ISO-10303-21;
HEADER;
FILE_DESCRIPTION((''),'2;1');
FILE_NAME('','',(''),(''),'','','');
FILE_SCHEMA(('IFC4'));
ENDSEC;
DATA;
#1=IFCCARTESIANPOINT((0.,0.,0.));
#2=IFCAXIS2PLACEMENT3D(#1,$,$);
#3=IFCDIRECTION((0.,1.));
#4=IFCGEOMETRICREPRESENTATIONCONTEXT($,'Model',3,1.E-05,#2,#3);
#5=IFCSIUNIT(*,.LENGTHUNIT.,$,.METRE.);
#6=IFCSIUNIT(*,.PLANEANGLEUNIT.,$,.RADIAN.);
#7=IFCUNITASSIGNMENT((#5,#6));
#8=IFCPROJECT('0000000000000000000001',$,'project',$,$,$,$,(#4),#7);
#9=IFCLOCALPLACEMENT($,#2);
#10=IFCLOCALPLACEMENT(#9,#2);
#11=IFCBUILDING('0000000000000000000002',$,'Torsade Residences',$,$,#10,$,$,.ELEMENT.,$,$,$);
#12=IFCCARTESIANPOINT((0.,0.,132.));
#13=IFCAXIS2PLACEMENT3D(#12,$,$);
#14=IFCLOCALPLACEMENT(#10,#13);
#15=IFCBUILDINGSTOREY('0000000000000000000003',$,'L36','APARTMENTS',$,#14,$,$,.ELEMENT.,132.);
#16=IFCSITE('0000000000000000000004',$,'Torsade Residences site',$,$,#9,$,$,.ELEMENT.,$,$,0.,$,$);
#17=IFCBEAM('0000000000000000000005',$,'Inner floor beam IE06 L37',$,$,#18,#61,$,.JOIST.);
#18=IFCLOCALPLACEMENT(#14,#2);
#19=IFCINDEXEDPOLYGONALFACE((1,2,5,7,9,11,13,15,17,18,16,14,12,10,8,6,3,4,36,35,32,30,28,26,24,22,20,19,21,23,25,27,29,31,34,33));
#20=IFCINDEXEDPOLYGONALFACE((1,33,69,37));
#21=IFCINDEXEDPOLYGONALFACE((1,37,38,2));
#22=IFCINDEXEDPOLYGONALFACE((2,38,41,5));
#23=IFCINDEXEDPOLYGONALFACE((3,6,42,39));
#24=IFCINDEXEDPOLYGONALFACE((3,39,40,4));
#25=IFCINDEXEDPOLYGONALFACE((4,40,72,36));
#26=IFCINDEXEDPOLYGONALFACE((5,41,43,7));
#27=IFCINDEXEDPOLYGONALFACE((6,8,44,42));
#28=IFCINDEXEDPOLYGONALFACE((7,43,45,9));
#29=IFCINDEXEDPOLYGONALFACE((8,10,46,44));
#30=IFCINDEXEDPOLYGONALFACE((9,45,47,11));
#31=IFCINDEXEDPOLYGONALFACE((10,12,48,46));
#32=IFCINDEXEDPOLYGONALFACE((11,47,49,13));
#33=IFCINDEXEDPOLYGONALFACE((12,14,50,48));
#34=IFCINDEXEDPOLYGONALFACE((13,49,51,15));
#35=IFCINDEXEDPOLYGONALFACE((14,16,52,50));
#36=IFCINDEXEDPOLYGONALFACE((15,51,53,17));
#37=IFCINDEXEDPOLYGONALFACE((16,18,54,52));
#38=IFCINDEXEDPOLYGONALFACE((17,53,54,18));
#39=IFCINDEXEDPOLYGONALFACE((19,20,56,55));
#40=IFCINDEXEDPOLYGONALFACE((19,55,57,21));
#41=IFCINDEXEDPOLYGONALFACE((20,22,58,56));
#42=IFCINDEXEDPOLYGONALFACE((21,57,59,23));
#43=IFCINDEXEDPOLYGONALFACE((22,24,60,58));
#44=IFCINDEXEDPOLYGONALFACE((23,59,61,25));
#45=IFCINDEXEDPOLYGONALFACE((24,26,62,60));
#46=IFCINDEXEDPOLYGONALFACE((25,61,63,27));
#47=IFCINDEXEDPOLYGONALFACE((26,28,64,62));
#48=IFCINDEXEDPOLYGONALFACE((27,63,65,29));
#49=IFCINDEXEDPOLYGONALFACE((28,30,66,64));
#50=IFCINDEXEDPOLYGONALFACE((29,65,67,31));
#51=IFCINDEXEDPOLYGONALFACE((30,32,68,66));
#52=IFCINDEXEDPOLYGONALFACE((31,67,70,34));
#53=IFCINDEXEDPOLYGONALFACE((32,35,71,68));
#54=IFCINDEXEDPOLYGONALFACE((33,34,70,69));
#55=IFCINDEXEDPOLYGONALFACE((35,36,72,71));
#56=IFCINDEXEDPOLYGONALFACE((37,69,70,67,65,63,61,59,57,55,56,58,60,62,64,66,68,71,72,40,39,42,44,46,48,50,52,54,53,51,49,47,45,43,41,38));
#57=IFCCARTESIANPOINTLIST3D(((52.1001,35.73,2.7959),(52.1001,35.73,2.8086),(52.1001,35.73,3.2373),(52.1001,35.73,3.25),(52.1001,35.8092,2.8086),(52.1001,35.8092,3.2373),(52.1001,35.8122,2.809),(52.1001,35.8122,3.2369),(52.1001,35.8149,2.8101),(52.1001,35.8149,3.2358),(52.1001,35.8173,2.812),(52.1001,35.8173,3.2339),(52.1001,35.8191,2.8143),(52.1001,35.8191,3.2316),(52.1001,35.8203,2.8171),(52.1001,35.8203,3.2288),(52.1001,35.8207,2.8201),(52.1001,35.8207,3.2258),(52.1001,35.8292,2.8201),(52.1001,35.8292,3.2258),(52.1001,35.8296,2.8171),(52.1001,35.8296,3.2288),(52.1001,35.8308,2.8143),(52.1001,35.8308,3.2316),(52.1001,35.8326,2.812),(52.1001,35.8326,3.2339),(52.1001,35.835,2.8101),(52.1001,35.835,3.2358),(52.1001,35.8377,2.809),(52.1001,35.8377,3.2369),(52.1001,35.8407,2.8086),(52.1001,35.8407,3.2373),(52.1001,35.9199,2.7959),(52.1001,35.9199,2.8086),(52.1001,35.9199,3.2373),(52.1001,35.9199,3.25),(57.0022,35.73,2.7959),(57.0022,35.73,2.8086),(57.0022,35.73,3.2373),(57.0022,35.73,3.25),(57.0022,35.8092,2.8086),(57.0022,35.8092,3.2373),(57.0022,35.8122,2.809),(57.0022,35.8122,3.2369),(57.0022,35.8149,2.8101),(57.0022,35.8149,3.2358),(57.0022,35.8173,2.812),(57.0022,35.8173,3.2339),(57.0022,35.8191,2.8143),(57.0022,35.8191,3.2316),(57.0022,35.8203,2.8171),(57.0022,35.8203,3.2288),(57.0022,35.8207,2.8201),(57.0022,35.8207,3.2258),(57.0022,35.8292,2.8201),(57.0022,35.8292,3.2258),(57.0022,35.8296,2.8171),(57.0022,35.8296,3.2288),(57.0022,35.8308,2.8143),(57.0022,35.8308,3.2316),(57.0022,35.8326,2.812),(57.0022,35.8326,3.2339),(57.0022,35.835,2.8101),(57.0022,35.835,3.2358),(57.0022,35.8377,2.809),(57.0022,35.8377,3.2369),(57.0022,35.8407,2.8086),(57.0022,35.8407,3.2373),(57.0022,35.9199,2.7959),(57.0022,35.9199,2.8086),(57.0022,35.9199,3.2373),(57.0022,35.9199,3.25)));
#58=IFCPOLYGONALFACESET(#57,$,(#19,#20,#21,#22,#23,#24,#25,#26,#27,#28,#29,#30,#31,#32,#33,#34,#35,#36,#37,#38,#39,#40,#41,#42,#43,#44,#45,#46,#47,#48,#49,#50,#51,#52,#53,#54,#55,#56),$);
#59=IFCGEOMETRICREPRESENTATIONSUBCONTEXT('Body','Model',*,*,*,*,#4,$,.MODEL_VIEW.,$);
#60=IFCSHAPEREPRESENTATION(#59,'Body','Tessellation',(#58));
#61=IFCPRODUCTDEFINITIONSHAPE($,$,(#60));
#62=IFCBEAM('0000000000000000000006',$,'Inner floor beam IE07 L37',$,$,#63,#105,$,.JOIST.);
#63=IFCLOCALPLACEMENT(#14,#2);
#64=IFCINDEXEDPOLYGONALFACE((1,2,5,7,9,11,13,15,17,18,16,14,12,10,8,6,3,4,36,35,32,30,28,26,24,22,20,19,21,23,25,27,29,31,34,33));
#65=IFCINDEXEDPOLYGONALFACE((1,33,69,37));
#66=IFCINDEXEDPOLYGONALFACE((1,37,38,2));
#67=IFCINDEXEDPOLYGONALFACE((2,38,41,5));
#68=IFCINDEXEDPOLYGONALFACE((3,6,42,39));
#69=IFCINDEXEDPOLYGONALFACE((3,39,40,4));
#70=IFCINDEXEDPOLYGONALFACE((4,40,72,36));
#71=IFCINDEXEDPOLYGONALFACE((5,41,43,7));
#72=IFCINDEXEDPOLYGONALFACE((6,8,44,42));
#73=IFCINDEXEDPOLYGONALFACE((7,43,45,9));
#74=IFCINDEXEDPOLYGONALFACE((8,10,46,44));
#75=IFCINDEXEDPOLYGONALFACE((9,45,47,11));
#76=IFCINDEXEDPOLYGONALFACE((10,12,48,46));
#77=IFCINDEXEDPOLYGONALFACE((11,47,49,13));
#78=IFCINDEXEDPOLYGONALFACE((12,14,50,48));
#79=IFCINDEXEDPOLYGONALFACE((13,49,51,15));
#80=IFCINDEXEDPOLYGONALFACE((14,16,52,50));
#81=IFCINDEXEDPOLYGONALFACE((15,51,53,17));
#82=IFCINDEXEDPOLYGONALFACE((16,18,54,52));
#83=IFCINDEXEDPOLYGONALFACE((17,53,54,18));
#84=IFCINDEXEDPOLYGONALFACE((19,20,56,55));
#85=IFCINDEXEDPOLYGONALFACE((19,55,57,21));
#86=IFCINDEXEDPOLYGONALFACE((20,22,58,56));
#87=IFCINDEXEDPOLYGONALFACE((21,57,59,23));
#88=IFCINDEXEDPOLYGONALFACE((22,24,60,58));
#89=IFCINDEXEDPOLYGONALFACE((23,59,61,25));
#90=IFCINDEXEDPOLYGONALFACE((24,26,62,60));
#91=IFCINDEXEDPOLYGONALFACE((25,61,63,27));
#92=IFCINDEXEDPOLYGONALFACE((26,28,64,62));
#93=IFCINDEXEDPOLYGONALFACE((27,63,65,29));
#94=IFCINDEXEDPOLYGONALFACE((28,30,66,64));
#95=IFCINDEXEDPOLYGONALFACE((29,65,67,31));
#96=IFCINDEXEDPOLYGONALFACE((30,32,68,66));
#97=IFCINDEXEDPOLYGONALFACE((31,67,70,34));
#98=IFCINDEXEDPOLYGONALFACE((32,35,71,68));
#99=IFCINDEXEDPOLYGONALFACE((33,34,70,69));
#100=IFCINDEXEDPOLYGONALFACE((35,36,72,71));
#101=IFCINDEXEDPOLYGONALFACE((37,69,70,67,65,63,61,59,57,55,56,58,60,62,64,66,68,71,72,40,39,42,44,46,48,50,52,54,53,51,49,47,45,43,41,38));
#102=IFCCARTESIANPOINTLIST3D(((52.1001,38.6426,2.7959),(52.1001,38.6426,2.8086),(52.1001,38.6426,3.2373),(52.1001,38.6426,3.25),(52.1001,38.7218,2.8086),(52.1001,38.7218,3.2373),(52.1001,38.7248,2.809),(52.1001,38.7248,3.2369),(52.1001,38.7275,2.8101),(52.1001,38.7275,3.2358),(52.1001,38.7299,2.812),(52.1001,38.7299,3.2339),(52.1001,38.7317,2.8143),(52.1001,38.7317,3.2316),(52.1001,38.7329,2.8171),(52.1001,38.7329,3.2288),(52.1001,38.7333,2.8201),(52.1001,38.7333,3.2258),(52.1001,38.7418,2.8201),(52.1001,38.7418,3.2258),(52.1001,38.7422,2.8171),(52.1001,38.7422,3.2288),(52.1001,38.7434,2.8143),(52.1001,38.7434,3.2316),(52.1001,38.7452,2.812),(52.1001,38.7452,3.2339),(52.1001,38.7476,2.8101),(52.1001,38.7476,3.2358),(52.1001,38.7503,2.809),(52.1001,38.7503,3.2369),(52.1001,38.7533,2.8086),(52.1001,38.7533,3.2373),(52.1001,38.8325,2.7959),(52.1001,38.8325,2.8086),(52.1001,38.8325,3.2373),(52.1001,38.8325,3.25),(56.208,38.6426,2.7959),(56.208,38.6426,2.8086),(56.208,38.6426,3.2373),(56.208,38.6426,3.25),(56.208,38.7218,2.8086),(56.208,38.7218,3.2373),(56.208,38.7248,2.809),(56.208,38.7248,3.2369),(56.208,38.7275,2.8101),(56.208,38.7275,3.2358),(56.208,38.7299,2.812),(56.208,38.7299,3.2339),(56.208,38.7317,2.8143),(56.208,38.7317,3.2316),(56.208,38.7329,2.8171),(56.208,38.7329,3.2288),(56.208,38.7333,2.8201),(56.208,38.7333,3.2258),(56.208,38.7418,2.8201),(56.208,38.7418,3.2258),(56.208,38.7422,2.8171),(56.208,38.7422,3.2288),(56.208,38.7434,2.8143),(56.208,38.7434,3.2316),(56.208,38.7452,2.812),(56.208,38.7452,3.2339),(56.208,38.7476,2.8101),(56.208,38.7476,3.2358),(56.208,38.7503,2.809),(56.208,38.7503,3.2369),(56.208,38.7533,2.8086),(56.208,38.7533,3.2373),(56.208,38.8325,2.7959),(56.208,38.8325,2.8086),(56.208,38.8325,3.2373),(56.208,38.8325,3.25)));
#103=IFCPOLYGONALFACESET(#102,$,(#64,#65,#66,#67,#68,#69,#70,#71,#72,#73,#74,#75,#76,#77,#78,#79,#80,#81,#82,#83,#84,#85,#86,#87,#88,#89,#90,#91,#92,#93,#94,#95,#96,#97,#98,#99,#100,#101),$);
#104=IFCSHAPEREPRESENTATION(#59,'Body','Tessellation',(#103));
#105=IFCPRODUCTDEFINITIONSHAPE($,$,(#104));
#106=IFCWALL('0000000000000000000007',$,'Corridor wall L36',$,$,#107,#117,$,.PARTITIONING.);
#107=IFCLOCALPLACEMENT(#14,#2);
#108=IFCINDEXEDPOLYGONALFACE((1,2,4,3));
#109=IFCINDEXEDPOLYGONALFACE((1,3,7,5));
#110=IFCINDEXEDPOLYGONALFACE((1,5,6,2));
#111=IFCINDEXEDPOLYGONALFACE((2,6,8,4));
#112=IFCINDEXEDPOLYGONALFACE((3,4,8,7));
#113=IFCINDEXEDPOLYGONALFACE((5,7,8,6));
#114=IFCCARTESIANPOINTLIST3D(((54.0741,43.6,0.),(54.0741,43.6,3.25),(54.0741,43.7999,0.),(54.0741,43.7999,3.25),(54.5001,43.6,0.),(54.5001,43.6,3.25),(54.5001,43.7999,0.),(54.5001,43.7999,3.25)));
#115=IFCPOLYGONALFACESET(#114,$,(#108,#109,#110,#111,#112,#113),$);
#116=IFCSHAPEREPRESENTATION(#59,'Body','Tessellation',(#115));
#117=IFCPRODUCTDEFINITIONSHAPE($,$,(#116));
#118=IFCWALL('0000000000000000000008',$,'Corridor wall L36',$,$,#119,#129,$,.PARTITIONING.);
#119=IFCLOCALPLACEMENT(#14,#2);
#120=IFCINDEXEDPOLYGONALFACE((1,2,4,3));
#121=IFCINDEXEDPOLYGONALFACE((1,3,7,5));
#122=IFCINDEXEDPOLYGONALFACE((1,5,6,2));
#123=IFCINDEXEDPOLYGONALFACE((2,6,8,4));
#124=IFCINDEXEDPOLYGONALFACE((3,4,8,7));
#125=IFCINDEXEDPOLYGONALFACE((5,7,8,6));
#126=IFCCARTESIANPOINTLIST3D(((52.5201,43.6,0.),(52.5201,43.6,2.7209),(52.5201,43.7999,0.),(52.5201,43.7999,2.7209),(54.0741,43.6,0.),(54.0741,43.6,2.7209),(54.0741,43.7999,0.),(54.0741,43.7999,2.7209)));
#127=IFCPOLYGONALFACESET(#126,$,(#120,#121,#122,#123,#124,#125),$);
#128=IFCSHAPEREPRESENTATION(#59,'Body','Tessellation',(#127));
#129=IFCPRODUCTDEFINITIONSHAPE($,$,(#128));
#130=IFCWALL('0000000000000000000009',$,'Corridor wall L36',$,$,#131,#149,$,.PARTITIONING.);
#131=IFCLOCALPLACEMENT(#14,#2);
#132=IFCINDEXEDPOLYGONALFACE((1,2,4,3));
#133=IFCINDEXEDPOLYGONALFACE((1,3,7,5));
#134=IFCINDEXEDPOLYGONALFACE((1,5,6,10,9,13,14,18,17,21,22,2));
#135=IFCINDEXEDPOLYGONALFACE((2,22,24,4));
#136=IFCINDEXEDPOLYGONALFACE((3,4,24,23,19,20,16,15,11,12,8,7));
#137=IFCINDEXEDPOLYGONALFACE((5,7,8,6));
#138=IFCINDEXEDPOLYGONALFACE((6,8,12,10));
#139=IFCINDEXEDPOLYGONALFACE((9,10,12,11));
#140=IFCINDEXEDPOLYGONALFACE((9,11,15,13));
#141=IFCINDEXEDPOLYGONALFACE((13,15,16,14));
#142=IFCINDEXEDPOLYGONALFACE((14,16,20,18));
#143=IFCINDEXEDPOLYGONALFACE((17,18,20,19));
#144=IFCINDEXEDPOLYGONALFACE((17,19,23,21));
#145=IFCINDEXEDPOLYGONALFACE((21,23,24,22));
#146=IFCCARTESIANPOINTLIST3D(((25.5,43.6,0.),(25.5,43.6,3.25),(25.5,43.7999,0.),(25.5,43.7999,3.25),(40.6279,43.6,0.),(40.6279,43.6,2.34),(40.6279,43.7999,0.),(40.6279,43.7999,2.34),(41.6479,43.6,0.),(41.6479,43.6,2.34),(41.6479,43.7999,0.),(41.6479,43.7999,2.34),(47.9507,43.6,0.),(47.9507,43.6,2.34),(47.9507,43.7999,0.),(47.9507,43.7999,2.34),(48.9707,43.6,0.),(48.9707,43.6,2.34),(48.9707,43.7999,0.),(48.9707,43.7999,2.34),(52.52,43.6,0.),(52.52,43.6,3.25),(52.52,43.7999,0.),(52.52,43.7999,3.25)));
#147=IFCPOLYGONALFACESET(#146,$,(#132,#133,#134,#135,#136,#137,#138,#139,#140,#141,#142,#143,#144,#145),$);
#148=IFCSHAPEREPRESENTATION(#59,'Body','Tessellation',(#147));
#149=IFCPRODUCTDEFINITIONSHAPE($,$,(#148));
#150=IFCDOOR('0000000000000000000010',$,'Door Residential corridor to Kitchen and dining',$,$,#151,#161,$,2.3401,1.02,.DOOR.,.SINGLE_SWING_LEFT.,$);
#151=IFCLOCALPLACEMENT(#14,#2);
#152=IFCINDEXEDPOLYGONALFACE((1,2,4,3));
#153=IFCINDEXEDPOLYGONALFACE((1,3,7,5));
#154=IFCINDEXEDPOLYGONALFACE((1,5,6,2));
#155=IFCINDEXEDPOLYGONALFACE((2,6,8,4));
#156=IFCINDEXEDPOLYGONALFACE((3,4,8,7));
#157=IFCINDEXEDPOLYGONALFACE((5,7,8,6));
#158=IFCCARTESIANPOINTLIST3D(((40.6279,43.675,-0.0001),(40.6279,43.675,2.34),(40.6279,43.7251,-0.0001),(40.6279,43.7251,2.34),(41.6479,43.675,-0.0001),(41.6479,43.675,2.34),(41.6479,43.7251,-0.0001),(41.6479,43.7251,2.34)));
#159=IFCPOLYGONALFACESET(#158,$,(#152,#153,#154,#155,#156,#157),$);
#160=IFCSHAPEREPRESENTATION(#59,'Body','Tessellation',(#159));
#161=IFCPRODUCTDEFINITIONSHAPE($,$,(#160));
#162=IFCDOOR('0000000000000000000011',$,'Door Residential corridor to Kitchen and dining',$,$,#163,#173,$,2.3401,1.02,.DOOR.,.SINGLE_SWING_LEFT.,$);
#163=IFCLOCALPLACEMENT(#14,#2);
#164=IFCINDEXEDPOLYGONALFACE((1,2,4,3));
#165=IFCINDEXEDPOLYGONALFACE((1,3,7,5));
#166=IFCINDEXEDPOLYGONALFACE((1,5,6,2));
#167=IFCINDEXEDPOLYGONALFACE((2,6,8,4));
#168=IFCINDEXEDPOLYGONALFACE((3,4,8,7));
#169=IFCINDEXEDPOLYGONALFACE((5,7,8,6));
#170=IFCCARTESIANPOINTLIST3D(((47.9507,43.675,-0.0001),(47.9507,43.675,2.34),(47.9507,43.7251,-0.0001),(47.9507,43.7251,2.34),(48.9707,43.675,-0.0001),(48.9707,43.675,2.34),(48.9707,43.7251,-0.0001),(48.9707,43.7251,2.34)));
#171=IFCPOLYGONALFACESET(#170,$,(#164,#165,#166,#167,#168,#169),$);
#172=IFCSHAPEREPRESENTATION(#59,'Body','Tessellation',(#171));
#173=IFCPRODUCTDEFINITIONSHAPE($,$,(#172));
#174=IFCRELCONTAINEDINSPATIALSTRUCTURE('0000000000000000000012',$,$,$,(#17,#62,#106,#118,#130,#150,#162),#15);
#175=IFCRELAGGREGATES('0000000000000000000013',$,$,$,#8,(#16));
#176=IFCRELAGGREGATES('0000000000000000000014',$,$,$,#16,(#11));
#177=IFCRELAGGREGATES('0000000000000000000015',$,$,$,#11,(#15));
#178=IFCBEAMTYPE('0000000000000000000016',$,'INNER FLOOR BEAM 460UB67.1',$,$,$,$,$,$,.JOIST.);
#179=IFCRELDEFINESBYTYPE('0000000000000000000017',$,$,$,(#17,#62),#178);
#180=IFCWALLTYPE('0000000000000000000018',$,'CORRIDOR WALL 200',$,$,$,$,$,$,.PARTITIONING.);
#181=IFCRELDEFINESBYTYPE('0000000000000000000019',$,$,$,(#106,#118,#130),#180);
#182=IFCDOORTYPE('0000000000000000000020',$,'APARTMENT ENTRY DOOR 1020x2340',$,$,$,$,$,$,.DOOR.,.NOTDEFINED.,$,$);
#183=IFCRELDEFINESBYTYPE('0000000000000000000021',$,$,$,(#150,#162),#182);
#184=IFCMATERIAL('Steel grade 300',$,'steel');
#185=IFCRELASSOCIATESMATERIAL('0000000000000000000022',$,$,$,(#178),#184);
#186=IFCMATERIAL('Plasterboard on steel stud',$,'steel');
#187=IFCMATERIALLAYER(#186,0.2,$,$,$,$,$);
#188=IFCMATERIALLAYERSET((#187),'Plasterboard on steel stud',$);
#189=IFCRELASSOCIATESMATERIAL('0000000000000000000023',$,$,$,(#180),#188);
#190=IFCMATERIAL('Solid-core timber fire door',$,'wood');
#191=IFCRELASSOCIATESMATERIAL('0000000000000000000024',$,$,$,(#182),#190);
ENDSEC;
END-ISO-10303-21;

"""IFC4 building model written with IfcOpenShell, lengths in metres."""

from ifc_helpers import new_model, si_unit, direction, frame, frame_2d, origin, origin_2d, place, context, subcontext, project, spatial, rectangle, i_section, extrude, material, layer, layer_set, material_profile, profile_set, type_object, element, fill, save


model = new_model("IFC4")

# Units and contexts
model_context = context("Model", 3, precision=1e-05, world=origin(), true_north=direction((0.0, 1.0)))
body_context = subcontext(model_context, "Body", "Model", "MODEL_VIEW")
ifc_project = project(units=[si_unit("LENGTHUNIT", "METRE"), si_unit("PLANEANGLEUNIT", "RADIAN")], contexts=[model_context])

# Site, building, storey
site_placement = place(None, origin())
site = spatial("IfcSite", under=ifc_project, at=site_placement, Name="Torsade Residences site", CompositionType="ELEMENT", RefElevation=0.0)
building_placement = place(site_placement, origin())
building = spatial("IfcBuilding", under=site, at=building_placement, Name="Torsade Residences", CompositionType="ELEMENT")
storey_placement = place(building_placement, frame((0.0, 0.0, 132.0)))
storey = spatial("IfcBuildingStorey", under=building, at=storey_placement, Name="L36", Description="APARTMENTS", CompositionType="ELEMENT", Elevation=132.0)

# Beams
ifc_material_1 = material(Name="Steel grade 300", Category="steel")
ifc_material_profile_1 = material_profile(ifc_material_1, i_section(OverallWidth=0.1899, OverallDepth=0.4541, WebThickness=0.0085, FlangeThickness=0.0127, FilletRadius=0.0115, at=origin_2d()), Name="460UB67.1")
ifc_profile_set_1 = profile_set([ifc_material_profile_1], Name="Steel grade 300")
beam_type = type_object("IfcBeamType", Name="INNER FLOOR BEAM 460UB67.1", PredefinedType="JOIST", material=ifc_profile_set_1)
beam_1_placement = place(storey_placement, frame((52.1001, 35.825, 3.0229), z_axis=(1.0, 0.0, 0.0), x_axis=(0.0, 1.0, 0.0)))
element("IfcBeam", 1, at=beam_1_placement, inside=storey, type_object=beam_type, Name="Inner floor beam IE06 L37", PredefinedType="JOIST", context=body_context, shape_type="SweptSolid", body=[
    extrude(i_section(OverallWidth=0.1899, OverallDepth=0.4541, WebThickness=0.0085, FlangeThickness=0.0127, FilletRadius=0.0115, at=origin_2d()), origin(), (0.0, 0.0, 1.0), 4.9021),
])
beam_2_placement = place(storey_placement, frame((52.1001, 38.7375, 3.0229), z_axis=(1.0, 0.0, 0.0), x_axis=(0.0, 1.0, 0.0)))
element("IfcBeam", 2, at=beam_2_placement, inside=storey, type_object=beam_type, Name="Inner floor beam IE07 L37", PredefinedType="JOIST", context=body_context, shape_type="SweptSolid", body=[
    extrude(i_section(OverallWidth=0.1899, OverallDepth=0.4541, WebThickness=0.0085, FlangeThickness=0.0127, FilletRadius=0.0115, at=origin_2d()), origin(), (0.0, 0.0, 1.0), 4.1079),
])

# Walls
ifc_material_2 = material(Name="Plasterboard on steel stud", Category="steel")
ifc_layer_1 = layer(ifc_material_2, 0.2)
ifc_layer_set_1 = layer_set([ifc_layer_1], Name="Plasterboard on steel stud")
wall_type_1 = type_object("IfcWallType", Name="CORRIDOR WALL 200", PredefinedType="PARTITIONING", material=ifc_layer_set_1)
wall_1_placement = place(storey_placement, frame((54.5, 43.7, 0.0), z_axis=(0.0, 0.0, 1.0), x_axis=(-1.0, 0.0, 0.0)))
element("IfcWall", 3, at=wall_1_placement, inside=storey, type_object=wall_type_1, Name="Corridor wall L36", PredefinedType="PARTITIONING", context=body_context, shape_type="SweptSolid", body=[
    extrude(rectangle(XDim=0.426, YDim=0.2, at=frame_2d((0.2129, 0.0))), origin(), (0.0, 0.0, 1.0), 3.25),
])
wall_2_placement = place(storey_placement, frame((54.074, 43.7, 0.0), z_axis=(0.0, 0.0, 1.0), x_axis=(-1.0, 0.0, 0.0)))
element("IfcWall", 4, at=wall_2_placement, inside=storey, type_object=wall_type_1, Name="Corridor wall L36", PredefinedType="PARTITIONING", context=body_context, shape_type="SweptSolid", body=[
    extrude(rectangle(XDim=1.554, YDim=0.2, at=frame_2d((0.7769, 0.0))), origin(), (0.0, 0.0, 1.0), 2.7209),
])

# Wall, openings, doors
wall_3_placement = place(storey_placement, frame((52.52, 43.7, 0.0), z_axis=(0.0, 0.0, 1.0), x_axis=(-1.0, 0.0, 0.0)))
wall_3 = element("IfcWall", 5, at=wall_3_placement, inside=storey, type_object=wall_type_1, Name="Corridor wall L36", PredefinedType="PARTITIONING", context=body_context, shape_type="SweptSolid", body=[
    extrude(rectangle(XDim=27.02, YDim=0.2, at=frame_2d((13.51, 0.0))), origin(), (0.0, 0.0, 1.0), 3.25),
])
opening_1_placement = place(wall_3_placement, frame((10.8721, 0.0, 0.0)))
opening_1 = element("IfcOpeningElement", 6, at=opening_1_placement, cuts=wall_3, PredefinedType="OPENING", context=body_context, shape_type="SweptSolid", body=[
    extrude(rectangle(XDim=1.02, YDim=2.3401, at=frame_2d((0.51, 1.1699))), frame((0.0, 0.1099, 0.0), z_axis=(0.0, -1.0, 0.0), x_axis=(1.0, 0.0, 0.0)), (0.0, 0.0, 1.0), 0.22),
])
opening_2_placement = place(wall_3_placement, frame((3.5493, 0.0, 0.0)))
opening_2 = element("IfcOpeningElement", 7, at=opening_2_placement, cuts=wall_3, PredefinedType="OPENING", context=body_context, shape_type="SweptSolid", body=[
    extrude(rectangle(XDim=1.02, YDim=2.3401, at=frame_2d((0.51, 1.1699))), frame((0.0, 0.1099, 0.0), z_axis=(0.0, -1.0, 0.0), x_axis=(1.0, 0.0, 0.0)), (0.0, 0.0, 1.0), 0.22),
])
ifc_material_3 = material(Name="Solid-core timber fire door", Category="wood")
door_type_1 = type_object("IfcDoorType", Name="APARTMENT ENTRY DOOR 1020x2340", OperationType="NOTDEFINED", PredefinedType="DOOR", material=ifc_material_3)
door_1_placement = place(opening_1_placement, origin())
door_1 = element("IfcDoor", 8, at=door_1_placement, inside=storey, type_object=door_type_1, Name="Door Residential corridor to Kitchen and dining", OperationType="SINGLE_SWING_LEFT", OverallHeight=2.3401, OverallWidth=1.02, PredefinedType="DOOR", context=body_context, shape_type="SweptSolid", body=[
    extrude(rectangle(XDim=1.02, YDim=2.3401, at=frame_2d((0.51, 1.1699))), frame((0.0, 0.0249, 0.0), z_axis=(0.0, -1.0, 0.0), x_axis=(1.0, 0.0, 0.0)), (0.0, 0.0, 1.0), 0.05),
])
fill(opening_1, door_1)
door_2_placement = place(opening_2_placement, origin())
door_2 = element("IfcDoor", 9, at=door_2_placement, inside=storey, type_object=door_type_1, Name="Door Residential corridor to Kitchen and dining", OperationType="SINGLE_SWING_LEFT", OverallHeight=2.3401, OverallWidth=1.02, PredefinedType="DOOR", context=body_context, shape_type="SweptSolid", body=[
    extrude(rectangle(XDim=1.02, YDim=2.3401, at=frame_2d((0.51, 1.1699))), frame((0.0, 0.0249, 0.0), z_axis=(0.0, -1.0, 0.0), x_axis=(1.0, 0.0, 0.0)), (0.0, 0.0, 1.0), 0.05),
])
fill(opening_2, door_2)

save(model, "model.ifc")
